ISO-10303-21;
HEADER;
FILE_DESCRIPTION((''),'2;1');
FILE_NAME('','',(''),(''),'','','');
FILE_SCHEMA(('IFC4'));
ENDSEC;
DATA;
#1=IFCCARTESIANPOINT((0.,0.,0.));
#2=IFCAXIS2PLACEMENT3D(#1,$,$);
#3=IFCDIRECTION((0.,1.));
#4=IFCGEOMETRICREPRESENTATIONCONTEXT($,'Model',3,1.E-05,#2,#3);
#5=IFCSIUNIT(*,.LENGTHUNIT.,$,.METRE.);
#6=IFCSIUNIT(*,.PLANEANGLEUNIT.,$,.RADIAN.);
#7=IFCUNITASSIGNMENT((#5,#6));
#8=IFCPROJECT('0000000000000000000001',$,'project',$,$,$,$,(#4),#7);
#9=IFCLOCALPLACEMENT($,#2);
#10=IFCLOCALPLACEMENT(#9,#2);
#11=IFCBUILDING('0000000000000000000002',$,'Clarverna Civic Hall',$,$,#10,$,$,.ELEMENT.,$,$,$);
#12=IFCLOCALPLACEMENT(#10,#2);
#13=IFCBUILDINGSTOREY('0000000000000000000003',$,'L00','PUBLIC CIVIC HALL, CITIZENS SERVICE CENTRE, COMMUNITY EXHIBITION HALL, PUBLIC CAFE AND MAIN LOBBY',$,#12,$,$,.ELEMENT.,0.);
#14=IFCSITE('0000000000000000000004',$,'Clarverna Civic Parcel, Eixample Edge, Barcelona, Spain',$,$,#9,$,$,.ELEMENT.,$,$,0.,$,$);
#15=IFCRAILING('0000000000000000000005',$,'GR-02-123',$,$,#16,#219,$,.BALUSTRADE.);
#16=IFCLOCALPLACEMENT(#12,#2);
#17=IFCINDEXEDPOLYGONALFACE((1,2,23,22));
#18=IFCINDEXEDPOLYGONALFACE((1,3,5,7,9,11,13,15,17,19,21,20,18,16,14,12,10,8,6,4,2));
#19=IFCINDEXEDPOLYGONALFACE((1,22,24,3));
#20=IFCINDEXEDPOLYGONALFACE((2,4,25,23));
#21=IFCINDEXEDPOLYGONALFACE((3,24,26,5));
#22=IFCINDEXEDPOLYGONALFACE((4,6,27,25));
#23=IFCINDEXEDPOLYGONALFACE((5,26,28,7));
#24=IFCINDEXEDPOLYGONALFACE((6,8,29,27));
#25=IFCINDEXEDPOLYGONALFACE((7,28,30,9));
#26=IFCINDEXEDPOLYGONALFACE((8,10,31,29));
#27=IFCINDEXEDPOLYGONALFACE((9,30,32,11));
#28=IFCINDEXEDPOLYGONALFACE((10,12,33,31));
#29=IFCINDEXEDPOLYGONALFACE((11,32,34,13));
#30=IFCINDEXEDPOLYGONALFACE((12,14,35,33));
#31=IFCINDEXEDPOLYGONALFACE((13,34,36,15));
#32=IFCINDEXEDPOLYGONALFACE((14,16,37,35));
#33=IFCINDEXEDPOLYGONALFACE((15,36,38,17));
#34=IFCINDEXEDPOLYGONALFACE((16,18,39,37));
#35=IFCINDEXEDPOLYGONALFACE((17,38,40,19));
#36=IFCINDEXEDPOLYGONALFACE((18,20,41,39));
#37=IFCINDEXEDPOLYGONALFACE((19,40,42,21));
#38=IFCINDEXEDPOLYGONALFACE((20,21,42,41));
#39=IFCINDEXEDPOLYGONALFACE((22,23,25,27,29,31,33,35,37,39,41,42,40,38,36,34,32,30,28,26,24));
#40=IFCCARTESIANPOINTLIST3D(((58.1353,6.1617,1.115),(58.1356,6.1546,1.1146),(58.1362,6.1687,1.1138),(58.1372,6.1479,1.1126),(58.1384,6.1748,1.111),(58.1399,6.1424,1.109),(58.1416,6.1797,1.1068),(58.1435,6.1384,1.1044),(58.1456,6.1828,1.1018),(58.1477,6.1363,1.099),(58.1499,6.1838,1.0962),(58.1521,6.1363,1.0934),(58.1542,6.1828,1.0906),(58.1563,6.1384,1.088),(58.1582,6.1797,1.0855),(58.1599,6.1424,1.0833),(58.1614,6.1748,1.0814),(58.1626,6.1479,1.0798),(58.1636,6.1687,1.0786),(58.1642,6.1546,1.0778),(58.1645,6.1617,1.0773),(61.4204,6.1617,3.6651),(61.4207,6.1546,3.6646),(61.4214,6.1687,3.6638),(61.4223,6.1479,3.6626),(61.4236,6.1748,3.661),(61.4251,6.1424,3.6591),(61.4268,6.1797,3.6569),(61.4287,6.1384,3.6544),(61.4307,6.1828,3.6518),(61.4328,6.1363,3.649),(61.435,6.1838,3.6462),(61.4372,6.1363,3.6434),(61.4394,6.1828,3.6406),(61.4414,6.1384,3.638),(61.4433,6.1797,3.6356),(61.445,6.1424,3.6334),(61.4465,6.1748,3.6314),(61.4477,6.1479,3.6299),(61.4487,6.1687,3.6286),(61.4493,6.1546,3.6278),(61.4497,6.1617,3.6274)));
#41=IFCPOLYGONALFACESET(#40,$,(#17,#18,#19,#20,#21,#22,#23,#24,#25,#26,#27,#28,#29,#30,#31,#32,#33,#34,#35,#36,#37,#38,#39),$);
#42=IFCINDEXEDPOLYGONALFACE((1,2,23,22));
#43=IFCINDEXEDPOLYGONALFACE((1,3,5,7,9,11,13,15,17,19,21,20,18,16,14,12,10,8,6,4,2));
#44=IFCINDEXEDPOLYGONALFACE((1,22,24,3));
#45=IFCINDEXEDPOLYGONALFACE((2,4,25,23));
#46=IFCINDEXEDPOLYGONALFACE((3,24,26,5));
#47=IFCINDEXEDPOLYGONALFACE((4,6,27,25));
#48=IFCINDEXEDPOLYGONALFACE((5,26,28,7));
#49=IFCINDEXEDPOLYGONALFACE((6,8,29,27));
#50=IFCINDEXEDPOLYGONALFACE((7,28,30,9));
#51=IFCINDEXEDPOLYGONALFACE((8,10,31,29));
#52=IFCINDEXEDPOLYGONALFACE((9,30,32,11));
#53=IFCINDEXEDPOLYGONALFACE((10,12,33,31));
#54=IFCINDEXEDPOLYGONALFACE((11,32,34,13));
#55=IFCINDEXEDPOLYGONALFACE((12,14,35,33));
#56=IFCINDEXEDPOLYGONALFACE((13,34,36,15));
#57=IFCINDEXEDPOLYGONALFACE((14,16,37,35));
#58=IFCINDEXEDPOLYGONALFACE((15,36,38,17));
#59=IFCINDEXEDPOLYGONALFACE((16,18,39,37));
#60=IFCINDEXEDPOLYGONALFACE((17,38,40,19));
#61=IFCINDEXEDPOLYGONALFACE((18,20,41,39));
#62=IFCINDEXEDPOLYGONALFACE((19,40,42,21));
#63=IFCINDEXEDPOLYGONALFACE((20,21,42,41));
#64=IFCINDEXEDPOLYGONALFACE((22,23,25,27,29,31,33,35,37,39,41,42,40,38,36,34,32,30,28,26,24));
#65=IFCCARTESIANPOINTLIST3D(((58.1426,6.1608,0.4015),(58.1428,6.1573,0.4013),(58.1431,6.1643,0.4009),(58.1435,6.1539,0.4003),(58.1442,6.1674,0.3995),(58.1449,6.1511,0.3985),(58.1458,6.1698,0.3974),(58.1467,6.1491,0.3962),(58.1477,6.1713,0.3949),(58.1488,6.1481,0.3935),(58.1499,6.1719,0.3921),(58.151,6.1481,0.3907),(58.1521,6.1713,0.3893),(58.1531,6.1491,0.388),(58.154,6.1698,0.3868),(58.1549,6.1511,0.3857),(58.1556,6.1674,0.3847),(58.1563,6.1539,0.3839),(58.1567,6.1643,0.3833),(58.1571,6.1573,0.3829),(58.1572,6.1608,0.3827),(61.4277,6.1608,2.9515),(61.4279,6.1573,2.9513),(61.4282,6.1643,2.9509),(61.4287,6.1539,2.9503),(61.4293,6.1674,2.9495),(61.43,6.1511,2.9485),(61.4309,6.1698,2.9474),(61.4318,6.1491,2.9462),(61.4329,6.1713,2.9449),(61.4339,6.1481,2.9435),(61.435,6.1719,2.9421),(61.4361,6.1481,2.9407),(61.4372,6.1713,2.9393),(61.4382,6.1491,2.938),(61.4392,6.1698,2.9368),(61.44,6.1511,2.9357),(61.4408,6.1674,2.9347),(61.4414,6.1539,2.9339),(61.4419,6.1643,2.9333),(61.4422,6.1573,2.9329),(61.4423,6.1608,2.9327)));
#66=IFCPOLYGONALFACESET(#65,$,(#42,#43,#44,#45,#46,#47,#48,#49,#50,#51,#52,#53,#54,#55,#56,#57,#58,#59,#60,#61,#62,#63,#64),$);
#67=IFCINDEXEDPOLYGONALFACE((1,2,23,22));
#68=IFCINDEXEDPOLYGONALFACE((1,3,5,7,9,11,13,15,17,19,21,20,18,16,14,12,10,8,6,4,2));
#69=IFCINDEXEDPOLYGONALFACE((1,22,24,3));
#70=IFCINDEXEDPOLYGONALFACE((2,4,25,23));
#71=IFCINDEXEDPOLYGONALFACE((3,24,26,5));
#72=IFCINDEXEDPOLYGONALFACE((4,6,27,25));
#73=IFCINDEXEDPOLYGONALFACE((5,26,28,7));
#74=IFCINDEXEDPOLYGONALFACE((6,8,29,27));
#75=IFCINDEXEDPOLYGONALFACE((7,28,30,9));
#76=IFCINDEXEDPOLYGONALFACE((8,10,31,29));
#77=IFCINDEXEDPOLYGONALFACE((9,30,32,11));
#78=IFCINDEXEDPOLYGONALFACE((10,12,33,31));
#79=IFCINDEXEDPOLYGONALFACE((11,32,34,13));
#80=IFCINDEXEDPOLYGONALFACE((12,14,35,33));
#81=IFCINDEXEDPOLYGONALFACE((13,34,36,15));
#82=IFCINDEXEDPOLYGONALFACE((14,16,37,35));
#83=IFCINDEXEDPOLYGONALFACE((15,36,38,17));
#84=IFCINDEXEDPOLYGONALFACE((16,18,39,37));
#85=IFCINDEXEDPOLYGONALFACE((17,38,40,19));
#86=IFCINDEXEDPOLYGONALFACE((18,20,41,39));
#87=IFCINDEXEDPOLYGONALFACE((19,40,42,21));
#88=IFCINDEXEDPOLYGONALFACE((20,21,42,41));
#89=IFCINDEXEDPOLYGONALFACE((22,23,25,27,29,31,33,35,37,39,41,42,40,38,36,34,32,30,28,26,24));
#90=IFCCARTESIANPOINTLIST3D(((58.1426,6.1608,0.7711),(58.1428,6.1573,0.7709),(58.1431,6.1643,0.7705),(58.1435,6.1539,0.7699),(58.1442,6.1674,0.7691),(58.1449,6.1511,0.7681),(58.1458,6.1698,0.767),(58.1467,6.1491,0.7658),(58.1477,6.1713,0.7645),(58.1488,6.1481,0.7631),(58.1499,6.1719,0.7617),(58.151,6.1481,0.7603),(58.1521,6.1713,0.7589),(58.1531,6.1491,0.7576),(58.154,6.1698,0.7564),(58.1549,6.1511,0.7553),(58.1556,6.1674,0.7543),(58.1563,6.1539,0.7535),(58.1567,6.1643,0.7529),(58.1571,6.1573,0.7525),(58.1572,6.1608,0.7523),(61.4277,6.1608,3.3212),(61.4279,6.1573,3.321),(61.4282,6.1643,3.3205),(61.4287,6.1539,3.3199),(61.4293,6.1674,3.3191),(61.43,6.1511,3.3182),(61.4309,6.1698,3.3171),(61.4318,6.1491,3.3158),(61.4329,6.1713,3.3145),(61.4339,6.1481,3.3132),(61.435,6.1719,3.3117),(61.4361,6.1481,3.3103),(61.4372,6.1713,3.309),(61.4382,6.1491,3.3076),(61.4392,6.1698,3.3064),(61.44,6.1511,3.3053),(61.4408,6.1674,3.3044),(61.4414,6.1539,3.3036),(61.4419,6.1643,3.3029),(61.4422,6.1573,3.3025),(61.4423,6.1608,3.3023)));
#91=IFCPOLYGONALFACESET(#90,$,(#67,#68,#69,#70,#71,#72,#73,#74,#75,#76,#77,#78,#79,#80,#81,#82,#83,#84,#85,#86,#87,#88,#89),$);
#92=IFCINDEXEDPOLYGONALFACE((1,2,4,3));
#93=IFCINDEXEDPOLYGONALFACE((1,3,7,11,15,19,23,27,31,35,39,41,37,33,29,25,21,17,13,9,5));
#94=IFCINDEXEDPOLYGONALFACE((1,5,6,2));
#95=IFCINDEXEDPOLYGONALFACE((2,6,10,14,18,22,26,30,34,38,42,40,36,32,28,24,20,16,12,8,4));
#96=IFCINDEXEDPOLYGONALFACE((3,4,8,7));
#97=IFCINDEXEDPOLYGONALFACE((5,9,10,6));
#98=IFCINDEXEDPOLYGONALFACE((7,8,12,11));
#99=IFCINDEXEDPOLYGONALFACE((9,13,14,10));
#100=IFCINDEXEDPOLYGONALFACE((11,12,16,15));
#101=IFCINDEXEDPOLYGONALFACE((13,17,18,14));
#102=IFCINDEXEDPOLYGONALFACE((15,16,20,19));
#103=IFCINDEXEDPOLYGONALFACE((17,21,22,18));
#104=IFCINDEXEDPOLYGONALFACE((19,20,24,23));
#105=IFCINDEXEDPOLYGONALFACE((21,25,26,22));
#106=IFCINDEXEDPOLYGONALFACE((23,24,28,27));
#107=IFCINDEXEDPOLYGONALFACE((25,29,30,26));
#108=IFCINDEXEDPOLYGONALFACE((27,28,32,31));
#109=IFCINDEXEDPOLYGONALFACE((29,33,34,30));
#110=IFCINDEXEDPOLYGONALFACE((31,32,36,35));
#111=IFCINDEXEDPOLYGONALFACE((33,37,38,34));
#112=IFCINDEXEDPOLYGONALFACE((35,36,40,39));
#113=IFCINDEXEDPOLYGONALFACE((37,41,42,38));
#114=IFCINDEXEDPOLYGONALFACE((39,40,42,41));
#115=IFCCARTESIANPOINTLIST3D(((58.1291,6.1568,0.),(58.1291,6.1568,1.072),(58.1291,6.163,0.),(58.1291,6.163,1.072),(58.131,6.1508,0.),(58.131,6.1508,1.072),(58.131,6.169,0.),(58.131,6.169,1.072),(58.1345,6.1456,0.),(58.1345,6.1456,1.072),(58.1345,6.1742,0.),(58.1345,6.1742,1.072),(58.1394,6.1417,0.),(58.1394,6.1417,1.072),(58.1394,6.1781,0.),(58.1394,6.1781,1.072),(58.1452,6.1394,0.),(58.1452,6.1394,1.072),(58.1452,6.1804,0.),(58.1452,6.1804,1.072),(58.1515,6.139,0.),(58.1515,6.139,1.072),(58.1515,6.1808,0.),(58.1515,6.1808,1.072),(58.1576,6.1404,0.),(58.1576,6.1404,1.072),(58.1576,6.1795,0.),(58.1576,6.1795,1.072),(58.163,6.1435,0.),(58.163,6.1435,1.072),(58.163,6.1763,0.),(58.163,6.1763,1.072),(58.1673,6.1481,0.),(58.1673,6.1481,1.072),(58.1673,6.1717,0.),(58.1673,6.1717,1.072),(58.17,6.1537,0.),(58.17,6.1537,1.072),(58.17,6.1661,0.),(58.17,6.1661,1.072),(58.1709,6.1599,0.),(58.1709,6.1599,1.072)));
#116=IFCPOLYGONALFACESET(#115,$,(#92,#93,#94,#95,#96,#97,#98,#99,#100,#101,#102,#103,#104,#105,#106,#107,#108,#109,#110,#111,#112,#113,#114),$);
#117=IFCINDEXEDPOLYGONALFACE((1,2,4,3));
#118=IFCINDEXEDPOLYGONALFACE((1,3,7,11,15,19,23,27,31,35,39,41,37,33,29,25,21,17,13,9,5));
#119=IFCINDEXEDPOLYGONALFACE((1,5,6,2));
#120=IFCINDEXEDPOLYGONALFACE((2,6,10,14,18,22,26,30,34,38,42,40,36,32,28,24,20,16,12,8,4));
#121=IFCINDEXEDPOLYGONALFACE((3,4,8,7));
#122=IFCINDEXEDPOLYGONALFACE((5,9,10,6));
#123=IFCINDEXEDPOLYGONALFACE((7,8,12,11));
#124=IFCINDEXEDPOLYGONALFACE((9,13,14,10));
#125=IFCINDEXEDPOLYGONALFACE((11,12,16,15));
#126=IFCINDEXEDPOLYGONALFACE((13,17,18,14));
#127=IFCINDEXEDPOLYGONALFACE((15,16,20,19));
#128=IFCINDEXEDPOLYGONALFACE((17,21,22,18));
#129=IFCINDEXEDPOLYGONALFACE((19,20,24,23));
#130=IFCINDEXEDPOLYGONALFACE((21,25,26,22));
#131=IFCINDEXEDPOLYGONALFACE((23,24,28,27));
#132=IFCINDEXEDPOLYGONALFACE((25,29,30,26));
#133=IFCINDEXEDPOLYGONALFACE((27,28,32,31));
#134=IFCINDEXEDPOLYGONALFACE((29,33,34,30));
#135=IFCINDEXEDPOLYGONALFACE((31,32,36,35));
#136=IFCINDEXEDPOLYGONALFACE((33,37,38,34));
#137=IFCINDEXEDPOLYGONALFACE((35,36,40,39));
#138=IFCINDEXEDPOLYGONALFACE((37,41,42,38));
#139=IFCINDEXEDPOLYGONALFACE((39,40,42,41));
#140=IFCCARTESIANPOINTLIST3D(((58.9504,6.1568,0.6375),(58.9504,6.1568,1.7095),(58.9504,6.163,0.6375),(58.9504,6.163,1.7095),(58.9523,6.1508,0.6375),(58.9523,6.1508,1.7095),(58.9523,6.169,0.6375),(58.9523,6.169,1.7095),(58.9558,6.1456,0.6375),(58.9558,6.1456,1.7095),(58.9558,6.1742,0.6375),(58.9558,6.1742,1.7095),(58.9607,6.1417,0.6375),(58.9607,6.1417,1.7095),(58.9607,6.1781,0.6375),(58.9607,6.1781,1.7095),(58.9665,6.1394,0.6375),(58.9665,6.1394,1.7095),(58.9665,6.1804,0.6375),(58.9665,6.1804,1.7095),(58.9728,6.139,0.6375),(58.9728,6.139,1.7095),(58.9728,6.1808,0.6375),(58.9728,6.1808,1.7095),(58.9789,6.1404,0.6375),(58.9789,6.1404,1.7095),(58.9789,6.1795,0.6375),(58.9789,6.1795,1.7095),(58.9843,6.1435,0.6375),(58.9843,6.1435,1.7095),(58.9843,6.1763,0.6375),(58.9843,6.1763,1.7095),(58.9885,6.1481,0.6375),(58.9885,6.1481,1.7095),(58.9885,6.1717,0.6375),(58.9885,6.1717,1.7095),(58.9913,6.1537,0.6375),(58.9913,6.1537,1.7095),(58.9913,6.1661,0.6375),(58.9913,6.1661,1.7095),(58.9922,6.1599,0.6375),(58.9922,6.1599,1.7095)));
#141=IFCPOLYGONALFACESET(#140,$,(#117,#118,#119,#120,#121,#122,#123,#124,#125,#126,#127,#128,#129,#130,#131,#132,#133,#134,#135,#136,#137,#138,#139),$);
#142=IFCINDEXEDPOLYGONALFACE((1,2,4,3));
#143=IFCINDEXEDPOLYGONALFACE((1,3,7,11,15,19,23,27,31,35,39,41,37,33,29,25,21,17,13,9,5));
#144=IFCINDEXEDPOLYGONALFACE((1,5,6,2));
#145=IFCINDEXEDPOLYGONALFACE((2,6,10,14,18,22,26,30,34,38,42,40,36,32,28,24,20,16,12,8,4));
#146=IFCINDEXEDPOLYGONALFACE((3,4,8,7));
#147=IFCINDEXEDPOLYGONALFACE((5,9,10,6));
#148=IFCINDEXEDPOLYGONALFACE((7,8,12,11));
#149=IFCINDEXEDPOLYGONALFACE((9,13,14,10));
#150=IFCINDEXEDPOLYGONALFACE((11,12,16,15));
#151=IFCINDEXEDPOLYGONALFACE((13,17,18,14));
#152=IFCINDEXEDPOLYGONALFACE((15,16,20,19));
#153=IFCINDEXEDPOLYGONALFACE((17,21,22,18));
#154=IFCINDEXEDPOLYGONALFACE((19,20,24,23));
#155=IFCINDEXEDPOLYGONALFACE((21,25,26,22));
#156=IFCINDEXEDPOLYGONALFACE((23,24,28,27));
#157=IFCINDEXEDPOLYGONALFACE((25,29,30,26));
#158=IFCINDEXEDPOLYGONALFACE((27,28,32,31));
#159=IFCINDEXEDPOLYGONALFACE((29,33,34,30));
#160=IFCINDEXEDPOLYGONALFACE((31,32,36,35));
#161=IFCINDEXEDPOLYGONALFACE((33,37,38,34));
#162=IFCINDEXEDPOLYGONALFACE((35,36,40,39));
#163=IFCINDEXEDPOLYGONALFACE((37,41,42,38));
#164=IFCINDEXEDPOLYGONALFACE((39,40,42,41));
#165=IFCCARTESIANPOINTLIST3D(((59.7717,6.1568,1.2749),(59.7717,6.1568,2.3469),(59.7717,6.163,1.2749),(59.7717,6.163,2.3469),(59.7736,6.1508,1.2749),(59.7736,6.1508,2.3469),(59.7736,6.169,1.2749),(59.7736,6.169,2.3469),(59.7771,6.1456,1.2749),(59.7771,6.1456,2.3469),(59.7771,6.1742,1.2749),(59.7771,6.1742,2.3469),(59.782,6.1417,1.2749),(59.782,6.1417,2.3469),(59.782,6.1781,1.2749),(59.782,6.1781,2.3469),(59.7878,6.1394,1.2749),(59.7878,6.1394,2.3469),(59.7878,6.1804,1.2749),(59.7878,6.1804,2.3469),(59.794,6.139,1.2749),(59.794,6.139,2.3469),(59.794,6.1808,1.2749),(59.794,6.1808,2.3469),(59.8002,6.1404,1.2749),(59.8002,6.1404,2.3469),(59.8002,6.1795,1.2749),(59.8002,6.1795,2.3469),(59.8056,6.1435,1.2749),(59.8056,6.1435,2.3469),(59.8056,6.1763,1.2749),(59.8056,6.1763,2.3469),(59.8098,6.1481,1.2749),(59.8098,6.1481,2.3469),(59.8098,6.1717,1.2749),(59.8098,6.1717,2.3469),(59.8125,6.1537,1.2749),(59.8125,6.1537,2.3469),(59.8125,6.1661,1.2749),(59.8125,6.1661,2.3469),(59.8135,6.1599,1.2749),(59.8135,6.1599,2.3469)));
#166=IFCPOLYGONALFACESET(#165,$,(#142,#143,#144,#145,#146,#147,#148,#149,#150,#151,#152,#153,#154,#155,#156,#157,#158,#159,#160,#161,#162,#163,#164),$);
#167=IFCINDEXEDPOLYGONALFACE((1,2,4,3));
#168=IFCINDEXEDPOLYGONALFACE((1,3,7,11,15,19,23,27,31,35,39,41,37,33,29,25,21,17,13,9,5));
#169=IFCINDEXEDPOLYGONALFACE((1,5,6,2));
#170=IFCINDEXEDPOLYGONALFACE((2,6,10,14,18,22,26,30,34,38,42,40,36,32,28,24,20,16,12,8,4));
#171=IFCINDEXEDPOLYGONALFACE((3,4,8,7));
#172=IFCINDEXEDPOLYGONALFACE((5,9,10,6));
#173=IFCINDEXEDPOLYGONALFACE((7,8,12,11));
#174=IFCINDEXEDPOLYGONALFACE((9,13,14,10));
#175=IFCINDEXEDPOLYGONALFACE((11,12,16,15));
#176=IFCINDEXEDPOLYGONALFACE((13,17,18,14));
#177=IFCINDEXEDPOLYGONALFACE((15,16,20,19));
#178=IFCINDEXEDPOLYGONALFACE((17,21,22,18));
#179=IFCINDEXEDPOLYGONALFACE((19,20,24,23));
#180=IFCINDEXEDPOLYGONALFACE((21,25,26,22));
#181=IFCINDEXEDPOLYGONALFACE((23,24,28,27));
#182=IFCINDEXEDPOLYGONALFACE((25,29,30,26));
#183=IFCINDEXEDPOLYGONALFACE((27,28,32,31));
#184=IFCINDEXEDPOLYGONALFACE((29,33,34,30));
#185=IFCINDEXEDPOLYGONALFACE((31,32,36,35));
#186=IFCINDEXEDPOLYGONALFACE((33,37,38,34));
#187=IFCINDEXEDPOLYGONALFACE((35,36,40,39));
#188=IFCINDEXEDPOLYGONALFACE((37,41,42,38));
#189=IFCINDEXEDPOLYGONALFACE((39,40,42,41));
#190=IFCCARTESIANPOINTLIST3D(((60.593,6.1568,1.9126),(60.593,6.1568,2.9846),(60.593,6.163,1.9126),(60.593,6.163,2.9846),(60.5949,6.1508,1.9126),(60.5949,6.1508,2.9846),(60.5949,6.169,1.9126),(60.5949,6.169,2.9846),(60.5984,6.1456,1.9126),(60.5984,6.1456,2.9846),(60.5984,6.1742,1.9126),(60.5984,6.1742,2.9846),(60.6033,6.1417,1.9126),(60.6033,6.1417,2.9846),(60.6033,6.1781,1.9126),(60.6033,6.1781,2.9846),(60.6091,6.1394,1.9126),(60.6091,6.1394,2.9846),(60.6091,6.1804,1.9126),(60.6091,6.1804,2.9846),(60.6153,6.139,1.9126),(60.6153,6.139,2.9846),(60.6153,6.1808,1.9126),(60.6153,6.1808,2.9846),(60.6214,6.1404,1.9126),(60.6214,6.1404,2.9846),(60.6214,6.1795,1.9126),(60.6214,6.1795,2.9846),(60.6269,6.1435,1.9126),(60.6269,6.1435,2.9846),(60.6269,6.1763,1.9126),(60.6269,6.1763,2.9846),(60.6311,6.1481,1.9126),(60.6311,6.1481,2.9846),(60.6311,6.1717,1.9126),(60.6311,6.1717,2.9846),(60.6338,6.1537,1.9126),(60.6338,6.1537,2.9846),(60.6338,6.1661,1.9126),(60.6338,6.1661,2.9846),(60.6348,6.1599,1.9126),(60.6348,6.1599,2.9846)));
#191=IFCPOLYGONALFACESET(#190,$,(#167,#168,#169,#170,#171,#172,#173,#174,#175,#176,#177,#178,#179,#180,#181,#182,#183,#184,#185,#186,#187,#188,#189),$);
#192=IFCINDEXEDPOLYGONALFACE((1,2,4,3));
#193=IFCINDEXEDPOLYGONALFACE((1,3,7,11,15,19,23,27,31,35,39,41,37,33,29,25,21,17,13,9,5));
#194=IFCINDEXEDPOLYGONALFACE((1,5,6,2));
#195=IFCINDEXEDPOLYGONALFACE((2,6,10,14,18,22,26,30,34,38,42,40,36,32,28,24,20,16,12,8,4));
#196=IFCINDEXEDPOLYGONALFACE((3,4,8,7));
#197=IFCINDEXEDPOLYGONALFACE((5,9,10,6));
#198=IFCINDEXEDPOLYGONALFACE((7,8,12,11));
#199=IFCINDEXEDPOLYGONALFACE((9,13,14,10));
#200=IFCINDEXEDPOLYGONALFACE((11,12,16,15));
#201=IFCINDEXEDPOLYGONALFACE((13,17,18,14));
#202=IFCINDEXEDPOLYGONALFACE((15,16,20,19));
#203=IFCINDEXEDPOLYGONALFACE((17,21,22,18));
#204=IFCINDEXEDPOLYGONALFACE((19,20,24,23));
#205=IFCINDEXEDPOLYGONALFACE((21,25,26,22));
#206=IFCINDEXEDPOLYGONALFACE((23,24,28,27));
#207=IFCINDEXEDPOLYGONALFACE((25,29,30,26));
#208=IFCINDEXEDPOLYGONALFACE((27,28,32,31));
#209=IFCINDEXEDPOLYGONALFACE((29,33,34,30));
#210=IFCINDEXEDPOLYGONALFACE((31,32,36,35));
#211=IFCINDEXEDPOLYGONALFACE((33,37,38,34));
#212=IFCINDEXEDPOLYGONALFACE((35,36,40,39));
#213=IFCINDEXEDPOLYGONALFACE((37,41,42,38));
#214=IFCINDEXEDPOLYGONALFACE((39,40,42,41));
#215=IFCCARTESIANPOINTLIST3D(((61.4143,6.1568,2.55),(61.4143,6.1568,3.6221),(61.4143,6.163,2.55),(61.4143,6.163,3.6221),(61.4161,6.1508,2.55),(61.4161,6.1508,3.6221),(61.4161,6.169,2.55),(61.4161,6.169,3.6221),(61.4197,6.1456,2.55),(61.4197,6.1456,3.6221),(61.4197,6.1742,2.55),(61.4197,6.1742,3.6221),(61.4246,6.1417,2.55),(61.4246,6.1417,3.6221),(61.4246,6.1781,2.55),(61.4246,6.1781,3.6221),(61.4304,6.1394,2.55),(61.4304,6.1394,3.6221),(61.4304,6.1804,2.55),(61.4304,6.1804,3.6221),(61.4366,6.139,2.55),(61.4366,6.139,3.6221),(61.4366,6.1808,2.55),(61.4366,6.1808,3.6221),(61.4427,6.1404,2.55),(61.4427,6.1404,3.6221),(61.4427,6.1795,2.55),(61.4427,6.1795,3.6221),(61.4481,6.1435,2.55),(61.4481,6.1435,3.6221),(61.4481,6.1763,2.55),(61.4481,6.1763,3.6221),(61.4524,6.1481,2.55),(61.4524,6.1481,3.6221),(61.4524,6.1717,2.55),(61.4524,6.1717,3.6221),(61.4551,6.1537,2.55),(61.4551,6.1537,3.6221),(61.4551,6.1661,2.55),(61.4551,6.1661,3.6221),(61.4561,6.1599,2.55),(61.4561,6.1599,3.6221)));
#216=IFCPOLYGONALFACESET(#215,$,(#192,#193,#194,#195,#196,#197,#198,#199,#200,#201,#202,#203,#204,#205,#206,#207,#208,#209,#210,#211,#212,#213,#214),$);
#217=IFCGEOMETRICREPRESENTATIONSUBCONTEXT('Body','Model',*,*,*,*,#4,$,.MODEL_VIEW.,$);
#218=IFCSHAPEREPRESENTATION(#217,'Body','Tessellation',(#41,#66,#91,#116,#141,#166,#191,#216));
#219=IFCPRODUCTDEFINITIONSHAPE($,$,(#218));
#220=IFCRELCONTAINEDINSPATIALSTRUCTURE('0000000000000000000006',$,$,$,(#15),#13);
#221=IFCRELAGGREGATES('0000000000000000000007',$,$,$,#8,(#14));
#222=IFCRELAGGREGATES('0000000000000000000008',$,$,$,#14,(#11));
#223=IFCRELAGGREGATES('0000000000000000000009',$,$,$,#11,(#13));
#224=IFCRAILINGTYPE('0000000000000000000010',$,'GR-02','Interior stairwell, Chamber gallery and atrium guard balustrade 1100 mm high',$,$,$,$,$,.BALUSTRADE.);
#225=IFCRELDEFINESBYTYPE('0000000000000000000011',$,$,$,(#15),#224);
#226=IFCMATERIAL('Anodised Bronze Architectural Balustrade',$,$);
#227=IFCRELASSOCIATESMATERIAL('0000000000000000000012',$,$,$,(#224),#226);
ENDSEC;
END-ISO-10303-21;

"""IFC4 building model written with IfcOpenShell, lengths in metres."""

from ifc_helpers import new_model, si_unit, direction, frame, origin, origin_2d, place, context, subcontext, project, spatial, circle, extrude, material, type_object, element, save


model = new_model("IFC4")

# Units and contexts
model_context = context("Model", 3, precision=1e-05, world=origin(), true_north=direction((0.0, 1.0)))
body_context = subcontext(model_context, "Body", "Model", "MODEL_VIEW")
ifc_project = project(units=[si_unit("LENGTHUNIT", "METRE"), si_unit("PLANEANGLEUNIT", "RADIAN")], contexts=[model_context])

# Site, building, storey
site_placement = place(None, origin())
site = spatial("IfcSite", under=ifc_project, at=site_placement, Name="Clarverna Civic Parcel, Eixample Edge, Barcelona, Spain", CompositionType="ELEMENT", RefElevation=0.0)
building_placement = place(site_placement, origin())
building = spatial("IfcBuilding", under=site, at=building_placement, Name="Clarverna Civic Hall", CompositionType="ELEMENT")
storey_placement = place(building_placement, origin())
storey = spatial("IfcBuildingStorey", under=building, at=storey_placement, Name="L00", Description="PUBLIC CIVIC HALL, CITIZENS SERVICE CENTRE, COMMUNITY EXHIBITION HALL, PUBLIC CAFE AND MAIN LOBBY", CompositionType="ELEMENT", Elevation=0.0)

# Railing
ifc_material_1 = material(Name="Anodised Bronze Architectural Balustrade")
railing_type_1 = type_object("IfcRailingType", Name="GR-02", Description="Interior stairwell, Chamber gallery and atrium guard balustrade 1100 mm high", PredefinedType="BALUSTRADE", material=ifc_material_1)
railing_1_placement = place(storey_placement, frame((58.1499, 6.1599, 0.0)))
element("IfcRailing", 1, at=railing_1_placement, inside=storey, type_object=railing_type_1, Name="GR-02-123", PredefinedType="BALUSTRADE", context=body_context, shape_type="SweptSolid", body=[
    extrude(circle(Radius=0.0239, at=origin_2d()), frame((0.0, 0.0, 1.0962), z_axis=(0.789943, 0.0, 0.61318), x_axis=(0.0, 1.0, 0.0)), (0.0, 0.0, 1.0), 4.1587),
    extrude(circle(Radius=0.012, at=origin_2d()), frame((0.0, 0.0, 0.3921), z_axis=(0.789943, 0.0, 0.61318), x_axis=(0.0, 1.0, 0.0)), (0.0, 0.0, 1.0), 4.1587),
    extrude(circle(Radius=0.012, at=origin_2d()), frame((0.0, 0.0, 0.7617), z_axis=(0.789943, 0.0, 0.61318), x_axis=(0.0, 1.0, 0.0)), (0.0, 0.0, 1.0), 4.1587),
    extrude(circle(Radius=0.021, at=origin_2d()), origin(), (0.0, 0.0, 1.0), 1.072),
    extrude(circle(Radius=0.021, at=origin_2d()), frame((0.8213, 0.0, 0.6375)), (0.0, 0.0, 1.0), 1.072),
    extrude(circle(Radius=0.021, at=origin_2d()), frame((1.6426, 0.0, 1.2749)), (0.0, 0.0, 1.0), 1.072),
    extrude(circle(Radius=0.021, at=origin_2d()), frame((2.4639, 0.0, 1.9126)), (0.0, 0.0, 1.0), 1.072),
    extrude(circle(Radius=0.021, at=origin_2d()), frame((3.2852, 0.0, 2.55)), (0.0, 0.0, 1.0), 1.072),
])

save(model, "model.ifc")
